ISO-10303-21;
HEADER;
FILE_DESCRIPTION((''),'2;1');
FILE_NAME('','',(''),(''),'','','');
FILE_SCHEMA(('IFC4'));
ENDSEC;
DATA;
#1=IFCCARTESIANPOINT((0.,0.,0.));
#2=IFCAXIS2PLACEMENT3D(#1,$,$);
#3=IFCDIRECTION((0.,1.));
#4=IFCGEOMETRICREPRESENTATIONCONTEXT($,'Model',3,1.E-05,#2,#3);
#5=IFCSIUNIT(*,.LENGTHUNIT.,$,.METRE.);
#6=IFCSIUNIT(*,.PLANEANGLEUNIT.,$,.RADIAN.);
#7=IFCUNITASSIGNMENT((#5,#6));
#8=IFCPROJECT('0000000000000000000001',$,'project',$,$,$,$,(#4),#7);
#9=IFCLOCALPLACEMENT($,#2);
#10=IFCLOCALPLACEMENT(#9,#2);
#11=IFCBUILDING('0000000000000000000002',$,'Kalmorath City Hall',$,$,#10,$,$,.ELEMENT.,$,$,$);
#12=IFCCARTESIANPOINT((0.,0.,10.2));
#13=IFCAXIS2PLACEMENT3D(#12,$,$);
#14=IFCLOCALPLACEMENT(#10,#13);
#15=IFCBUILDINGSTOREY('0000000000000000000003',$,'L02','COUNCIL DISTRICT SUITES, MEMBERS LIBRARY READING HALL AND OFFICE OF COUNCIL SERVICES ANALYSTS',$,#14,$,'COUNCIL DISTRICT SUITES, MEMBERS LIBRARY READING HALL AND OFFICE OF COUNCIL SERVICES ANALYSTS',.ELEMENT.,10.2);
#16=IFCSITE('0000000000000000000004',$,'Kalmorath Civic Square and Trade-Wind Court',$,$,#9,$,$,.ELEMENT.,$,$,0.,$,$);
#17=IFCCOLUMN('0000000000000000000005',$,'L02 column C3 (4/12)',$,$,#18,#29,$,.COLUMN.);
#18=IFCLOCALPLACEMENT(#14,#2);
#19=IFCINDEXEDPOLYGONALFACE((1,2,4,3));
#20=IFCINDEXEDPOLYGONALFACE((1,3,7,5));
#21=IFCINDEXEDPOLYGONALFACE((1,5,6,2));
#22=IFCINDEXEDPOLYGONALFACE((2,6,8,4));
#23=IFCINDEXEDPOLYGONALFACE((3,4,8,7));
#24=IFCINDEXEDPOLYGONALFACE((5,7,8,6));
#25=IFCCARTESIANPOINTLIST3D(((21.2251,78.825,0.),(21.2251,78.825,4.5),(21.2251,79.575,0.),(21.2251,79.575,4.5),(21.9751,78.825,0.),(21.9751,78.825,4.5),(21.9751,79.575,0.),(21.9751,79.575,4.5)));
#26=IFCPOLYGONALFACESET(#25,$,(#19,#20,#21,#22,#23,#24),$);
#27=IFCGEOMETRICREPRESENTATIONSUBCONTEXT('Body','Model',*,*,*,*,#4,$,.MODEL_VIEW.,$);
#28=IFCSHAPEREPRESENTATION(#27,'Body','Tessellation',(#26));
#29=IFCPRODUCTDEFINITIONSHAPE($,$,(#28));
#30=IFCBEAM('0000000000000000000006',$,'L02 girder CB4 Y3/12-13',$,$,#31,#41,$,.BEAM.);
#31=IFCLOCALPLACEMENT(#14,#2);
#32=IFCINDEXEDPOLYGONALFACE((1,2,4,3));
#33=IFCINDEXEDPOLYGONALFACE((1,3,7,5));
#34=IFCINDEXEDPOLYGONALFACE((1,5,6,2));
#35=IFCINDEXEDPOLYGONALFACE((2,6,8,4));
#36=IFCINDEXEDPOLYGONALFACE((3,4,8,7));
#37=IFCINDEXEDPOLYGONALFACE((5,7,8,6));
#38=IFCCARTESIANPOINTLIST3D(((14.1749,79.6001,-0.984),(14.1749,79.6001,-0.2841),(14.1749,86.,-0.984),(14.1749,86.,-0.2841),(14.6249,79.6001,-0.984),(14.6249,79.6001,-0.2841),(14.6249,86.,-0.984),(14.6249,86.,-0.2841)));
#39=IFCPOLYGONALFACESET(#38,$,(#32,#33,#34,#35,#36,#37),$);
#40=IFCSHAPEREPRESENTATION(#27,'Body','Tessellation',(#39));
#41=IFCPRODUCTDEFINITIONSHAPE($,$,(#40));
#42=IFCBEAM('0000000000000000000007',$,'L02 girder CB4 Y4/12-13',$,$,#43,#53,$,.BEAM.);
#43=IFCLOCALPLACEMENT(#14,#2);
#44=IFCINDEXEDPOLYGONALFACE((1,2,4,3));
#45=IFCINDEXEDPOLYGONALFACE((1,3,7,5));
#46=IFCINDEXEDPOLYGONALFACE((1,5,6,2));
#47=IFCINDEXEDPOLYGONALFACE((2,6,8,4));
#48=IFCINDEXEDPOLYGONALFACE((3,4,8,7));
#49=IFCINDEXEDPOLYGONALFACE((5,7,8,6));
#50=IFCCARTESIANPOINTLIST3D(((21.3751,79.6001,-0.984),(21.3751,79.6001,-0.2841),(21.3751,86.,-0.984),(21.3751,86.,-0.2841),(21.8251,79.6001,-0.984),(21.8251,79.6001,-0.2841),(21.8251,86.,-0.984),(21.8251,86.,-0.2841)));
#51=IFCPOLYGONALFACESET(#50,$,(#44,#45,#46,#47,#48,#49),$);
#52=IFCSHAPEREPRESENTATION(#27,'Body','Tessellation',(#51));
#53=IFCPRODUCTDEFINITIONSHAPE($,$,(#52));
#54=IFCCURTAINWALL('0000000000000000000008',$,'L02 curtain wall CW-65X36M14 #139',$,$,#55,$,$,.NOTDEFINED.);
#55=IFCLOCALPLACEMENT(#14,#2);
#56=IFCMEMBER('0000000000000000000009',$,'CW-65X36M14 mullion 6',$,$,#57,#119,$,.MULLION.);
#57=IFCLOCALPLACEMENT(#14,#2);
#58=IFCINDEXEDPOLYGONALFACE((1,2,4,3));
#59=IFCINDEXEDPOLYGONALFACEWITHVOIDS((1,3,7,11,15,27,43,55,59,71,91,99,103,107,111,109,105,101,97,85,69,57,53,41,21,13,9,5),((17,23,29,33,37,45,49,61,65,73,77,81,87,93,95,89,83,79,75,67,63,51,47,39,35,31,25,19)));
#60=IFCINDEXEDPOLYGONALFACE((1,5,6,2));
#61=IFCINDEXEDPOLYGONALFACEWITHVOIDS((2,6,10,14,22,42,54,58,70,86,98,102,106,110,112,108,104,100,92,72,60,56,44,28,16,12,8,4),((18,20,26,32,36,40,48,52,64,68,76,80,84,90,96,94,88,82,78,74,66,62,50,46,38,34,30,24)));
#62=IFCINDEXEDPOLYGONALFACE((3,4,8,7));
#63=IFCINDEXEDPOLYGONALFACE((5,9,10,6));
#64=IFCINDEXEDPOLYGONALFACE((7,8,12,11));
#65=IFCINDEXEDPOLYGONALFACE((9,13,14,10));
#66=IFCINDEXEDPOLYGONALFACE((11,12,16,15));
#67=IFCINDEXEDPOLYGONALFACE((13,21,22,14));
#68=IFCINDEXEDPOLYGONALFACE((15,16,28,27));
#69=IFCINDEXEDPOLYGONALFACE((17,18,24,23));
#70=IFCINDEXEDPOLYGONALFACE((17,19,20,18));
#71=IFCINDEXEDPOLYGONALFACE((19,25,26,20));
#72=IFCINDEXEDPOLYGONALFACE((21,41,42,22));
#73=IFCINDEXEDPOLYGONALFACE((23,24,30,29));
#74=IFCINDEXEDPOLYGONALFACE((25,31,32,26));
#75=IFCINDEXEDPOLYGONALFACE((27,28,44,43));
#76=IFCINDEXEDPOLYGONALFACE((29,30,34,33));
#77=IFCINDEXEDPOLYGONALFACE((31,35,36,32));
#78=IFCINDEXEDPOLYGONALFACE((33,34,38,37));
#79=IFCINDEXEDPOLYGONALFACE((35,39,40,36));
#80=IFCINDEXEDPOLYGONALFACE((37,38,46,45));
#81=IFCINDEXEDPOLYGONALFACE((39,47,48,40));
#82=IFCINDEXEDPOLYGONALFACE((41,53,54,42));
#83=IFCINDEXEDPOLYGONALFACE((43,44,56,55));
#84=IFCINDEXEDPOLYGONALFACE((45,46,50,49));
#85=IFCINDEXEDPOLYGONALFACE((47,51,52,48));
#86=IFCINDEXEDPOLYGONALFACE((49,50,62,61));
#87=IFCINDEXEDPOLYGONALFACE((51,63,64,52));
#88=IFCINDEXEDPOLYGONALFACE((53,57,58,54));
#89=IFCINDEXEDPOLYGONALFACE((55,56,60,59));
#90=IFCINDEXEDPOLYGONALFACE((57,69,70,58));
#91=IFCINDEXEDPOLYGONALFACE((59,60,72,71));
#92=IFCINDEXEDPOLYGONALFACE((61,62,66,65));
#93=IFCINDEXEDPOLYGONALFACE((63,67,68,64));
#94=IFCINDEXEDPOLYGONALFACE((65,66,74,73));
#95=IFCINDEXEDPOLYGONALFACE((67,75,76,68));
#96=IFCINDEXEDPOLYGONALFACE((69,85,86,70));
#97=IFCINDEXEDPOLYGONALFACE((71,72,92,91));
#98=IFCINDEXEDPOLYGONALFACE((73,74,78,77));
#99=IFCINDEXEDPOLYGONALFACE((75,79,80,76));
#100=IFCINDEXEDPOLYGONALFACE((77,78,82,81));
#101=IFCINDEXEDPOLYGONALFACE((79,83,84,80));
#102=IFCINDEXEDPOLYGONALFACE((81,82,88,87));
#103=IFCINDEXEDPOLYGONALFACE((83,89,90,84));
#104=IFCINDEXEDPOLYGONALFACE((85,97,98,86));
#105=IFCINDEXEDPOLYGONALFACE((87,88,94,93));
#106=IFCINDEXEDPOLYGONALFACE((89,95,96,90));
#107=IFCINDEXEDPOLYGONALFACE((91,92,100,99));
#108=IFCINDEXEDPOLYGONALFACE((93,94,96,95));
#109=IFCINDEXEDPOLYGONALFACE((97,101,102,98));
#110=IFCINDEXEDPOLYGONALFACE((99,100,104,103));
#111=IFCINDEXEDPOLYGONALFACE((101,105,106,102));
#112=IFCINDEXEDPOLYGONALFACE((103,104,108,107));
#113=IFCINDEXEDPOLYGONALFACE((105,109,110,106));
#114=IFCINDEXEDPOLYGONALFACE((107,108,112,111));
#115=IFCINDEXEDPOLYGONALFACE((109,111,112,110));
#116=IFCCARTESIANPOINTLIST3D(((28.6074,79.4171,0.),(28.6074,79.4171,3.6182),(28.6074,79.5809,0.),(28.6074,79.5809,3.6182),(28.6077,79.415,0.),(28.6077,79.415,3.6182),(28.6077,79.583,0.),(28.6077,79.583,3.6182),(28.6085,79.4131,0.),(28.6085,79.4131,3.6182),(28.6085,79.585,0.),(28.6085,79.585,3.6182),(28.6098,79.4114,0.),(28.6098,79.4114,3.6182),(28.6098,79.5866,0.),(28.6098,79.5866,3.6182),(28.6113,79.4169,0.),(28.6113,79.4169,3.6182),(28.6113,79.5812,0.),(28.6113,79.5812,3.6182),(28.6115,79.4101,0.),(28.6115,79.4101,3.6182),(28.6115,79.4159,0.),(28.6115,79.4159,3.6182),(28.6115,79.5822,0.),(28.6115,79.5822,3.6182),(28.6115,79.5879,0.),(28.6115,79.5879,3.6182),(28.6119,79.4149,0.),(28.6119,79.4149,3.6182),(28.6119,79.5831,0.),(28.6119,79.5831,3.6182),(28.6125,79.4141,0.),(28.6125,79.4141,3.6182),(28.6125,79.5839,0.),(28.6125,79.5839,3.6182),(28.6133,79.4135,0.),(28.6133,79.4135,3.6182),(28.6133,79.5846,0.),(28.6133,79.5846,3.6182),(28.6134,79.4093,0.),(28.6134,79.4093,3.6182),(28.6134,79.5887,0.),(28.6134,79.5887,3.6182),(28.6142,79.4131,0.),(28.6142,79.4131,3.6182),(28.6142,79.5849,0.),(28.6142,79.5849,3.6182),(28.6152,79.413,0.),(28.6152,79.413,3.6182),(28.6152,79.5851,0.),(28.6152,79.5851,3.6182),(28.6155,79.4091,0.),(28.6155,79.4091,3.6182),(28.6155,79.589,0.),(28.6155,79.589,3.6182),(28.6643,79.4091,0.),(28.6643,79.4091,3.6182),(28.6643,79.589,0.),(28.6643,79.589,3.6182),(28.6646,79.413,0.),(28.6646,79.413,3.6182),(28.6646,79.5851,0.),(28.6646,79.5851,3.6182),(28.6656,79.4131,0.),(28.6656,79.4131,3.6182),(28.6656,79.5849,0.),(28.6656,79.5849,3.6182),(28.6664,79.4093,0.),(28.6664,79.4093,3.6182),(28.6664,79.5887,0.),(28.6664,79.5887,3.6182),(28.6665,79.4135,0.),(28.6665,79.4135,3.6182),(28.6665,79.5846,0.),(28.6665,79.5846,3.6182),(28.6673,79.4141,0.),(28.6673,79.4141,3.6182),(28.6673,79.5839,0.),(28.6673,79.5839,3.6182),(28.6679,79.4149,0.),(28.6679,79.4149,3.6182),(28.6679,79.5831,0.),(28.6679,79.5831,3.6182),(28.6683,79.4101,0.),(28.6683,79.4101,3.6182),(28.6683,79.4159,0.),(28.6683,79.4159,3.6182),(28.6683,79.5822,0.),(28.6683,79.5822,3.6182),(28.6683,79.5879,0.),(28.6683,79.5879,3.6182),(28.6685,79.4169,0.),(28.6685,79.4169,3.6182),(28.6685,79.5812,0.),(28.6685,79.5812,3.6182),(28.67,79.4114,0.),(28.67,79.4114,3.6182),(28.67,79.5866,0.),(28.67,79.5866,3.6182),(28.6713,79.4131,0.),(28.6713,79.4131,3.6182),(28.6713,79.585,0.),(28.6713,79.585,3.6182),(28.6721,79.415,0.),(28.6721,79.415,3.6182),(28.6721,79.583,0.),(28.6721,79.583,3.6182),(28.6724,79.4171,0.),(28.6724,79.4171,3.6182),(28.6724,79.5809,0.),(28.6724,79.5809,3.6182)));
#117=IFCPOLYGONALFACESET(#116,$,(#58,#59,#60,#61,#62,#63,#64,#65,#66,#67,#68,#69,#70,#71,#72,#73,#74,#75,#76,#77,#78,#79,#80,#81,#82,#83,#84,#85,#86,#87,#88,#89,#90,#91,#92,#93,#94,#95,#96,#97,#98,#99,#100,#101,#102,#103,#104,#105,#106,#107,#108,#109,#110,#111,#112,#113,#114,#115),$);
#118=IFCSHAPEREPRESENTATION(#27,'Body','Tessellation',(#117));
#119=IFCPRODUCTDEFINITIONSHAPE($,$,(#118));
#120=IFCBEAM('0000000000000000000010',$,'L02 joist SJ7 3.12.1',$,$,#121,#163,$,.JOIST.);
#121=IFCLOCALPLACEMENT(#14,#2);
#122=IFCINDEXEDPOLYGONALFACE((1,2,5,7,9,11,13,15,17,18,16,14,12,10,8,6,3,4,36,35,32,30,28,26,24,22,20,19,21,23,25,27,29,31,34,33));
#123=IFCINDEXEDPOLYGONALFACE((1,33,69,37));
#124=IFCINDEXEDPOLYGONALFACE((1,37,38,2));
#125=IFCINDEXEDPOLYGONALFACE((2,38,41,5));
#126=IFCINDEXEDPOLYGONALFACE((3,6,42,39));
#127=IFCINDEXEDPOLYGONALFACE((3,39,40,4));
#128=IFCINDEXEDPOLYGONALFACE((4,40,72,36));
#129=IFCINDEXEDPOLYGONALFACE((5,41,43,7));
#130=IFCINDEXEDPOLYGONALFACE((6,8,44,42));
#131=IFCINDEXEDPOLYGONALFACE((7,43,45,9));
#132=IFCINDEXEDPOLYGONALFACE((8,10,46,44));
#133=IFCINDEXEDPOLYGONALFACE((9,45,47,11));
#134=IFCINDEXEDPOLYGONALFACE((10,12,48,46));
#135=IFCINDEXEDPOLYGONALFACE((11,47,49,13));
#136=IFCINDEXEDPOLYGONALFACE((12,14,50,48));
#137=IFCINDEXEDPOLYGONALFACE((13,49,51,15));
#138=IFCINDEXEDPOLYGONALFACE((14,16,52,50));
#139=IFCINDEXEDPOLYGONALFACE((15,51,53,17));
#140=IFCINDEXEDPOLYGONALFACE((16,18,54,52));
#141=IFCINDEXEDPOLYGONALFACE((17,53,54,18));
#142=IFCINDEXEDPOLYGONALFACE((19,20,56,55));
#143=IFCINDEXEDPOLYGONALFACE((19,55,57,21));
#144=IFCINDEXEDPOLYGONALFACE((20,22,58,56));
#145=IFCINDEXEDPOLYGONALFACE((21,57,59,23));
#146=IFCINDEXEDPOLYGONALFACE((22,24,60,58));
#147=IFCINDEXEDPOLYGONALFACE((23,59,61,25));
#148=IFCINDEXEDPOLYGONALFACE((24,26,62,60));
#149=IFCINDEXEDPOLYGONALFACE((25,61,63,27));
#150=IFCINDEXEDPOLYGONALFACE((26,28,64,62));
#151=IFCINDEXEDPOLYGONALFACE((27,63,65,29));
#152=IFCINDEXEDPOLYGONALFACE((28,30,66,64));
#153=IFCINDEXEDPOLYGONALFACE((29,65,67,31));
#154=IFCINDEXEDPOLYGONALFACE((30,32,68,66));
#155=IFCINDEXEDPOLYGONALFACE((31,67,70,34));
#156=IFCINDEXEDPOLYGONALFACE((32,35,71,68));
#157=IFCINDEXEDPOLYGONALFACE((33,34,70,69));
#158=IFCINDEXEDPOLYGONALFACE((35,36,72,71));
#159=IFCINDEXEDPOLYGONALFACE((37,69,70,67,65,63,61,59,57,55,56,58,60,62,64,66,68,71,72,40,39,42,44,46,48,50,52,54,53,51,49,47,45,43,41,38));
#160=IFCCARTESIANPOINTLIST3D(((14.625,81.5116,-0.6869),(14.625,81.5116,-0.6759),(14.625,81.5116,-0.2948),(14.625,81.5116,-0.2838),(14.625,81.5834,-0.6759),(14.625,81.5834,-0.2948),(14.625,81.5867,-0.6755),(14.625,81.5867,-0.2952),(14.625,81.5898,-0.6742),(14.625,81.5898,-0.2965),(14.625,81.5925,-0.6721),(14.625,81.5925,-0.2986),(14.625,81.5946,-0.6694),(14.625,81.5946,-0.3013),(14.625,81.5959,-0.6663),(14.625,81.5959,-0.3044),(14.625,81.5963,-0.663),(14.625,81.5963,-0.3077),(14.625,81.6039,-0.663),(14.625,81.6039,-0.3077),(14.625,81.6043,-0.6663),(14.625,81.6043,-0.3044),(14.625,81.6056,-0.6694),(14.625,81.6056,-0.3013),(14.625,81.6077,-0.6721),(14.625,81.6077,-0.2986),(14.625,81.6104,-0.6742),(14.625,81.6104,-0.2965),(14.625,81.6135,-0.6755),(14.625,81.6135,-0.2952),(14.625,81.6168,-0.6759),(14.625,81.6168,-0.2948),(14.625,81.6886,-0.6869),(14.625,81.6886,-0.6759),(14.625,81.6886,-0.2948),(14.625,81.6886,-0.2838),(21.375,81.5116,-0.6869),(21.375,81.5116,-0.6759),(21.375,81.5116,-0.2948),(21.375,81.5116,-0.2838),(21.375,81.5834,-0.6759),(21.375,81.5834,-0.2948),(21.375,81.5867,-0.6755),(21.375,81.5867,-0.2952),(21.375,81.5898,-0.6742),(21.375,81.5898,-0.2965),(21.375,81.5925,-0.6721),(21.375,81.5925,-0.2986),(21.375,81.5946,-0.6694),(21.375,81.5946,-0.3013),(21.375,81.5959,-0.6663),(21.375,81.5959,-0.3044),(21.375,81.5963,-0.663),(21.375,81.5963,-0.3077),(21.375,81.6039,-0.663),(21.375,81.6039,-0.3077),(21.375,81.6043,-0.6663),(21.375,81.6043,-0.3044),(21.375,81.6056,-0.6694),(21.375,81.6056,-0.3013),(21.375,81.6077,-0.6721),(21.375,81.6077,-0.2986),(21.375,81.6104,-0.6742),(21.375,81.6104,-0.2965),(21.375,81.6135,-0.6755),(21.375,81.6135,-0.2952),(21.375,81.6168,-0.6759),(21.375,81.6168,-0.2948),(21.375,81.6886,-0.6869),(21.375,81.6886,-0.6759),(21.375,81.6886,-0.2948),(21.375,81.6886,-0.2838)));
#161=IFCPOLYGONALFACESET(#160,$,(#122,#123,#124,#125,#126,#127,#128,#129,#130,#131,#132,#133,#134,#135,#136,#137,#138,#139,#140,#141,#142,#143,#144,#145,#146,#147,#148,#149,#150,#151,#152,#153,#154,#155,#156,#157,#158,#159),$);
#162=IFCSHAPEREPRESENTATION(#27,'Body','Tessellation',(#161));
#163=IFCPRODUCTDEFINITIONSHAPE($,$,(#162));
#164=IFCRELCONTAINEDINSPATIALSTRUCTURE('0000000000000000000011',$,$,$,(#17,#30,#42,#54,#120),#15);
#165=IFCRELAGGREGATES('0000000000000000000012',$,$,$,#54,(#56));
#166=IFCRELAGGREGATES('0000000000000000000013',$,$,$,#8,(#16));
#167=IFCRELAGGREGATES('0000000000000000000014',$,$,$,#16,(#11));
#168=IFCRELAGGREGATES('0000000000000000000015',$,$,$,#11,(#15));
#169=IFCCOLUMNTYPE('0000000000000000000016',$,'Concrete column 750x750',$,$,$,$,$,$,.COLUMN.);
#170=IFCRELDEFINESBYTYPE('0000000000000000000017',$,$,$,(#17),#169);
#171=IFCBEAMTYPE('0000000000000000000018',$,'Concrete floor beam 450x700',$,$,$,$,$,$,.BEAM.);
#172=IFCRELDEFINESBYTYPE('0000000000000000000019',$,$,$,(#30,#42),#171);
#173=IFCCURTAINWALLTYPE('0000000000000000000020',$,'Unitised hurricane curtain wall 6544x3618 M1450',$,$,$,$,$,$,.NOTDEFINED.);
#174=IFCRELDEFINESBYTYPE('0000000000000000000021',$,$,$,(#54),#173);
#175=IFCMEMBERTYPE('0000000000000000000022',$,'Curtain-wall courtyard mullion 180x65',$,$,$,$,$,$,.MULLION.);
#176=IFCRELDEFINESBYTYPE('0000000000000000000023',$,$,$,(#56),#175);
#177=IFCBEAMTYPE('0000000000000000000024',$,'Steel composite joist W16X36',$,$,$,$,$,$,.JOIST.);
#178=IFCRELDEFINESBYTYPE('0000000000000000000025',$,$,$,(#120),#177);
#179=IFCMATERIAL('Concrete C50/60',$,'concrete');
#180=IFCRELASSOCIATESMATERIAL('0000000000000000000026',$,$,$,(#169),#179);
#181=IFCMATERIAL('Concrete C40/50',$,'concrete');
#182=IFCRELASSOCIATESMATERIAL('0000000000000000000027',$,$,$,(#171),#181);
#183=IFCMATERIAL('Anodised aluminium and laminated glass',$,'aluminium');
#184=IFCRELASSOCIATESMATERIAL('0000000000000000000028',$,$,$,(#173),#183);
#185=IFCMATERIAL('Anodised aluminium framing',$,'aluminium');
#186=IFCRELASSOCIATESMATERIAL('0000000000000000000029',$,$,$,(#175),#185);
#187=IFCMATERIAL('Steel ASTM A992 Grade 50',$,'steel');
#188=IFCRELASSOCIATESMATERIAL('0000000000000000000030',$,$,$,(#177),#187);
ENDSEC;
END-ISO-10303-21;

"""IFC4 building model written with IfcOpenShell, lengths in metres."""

from ifc_helpers import new_model, si_unit, direction, frame, origin, origin_2d, place, context, subcontext, project, spatial, rectangle, hollow_rectangle, i_section, extrude, material, material_profile, profile_set, type_object, element, aggregate, save


model = new_model("IFC4")

# Units and contexts
model_context = context("Model", 3, precision=1e-05, world=origin(), true_north=direction((0.0, 1.0)))
body_context = subcontext(model_context, "Body", "Model", "MODEL_VIEW")
ifc_project = project(units=[si_unit("LENGTHUNIT", "METRE"), si_unit("PLANEANGLEUNIT", "RADIAN")], contexts=[model_context])

# Site, building, storey
site_placement = place(None, origin())
site = spatial("IfcSite", under=ifc_project, at=site_placement, Name="Kalmorath Civic Square and Trade-Wind Court", CompositionType="ELEMENT", RefElevation=0.0)
building_placement = place(site_placement, origin())
building = spatial("IfcBuilding", under=site, at=building_placement, Name="Kalmorath City Hall", CompositionType="ELEMENT")
storey_placement = place(building_placement, frame((0.0, 0.0, 10.2)))
storey = spatial("IfcBuildingStorey", under=building, at=storey_placement, Name="L02", Description="COUNCIL DISTRICT SUITES, MEMBERS LIBRARY READING HALL AND OFFICE OF COUNCIL SERVICES ANALYSTS", LongName="COUNCIL DISTRICT SUITES, MEMBERS LIBRARY READING HALL AND OFFICE OF COUNCIL SERVICES ANALYSTS", CompositionType="ELEMENT", Elevation=10.2)

# Column
ifc_material_1 = material(Name="Concrete C50/60", Category="concrete")
ifc_material_profile_1 = material_profile(ifc_material_1, rectangle(XDim=0.75, YDim=0.75, at=origin_2d()), Name="RC-COL-750X750")
ifc_profile_set_1 = profile_set([ifc_material_profile_1], Name="Concrete C50/60")
column_type = type_object("IfcColumnType", Name="Concrete column 750x750", PredefinedType="COLUMN", material=ifc_profile_set_1)
column_placement = place(storey_placement, frame((21.6001, 79.2, 0.0), z_axis=(0.0, 0.0, 1.0), x_axis=(1.0, 0.0, 0.0)))
element("IfcColumn", 1, at=column_placement, inside=storey, type_object=column_type, Name="L02 column C3 (4/12)", PredefinedType="COLUMN", context=body_context, shape_type="SweptSolid", body=[
    extrude(rectangle(XDim=0.75, YDim=0.75, at=origin_2d()), origin(), (0.0, 0.0, 1.0), 4.5),
])

# Beams
ifc_material_2 = material(Name="Concrete C40/50", Category="concrete")
ifc_material_profile_2 = material_profile(ifc_material_2, rectangle(XDim=0.45, YDim=0.7, at=origin_2d()), Name="RC-BM-450X700")
ifc_profile_set_2 = profile_set([ifc_material_profile_2], Name="Concrete C40/50")
beam_type_1 = type_object("IfcBeamType", Name="Concrete floor beam 450x700", PredefinedType="BEAM", material=ifc_profile_set_2)
for number, where, z_axis, x_axis, name in (
    (2, (14.3999, 79.6001, -0.634), (0.0, 1.0, 0.0), (-1.0, 0.0, 0.0), "L02 girder CB4 Y3/12-13"),
    (3, (21.6001, 79.6001, -0.634), (0.0, 1.0, 0.0), (-1.0, 0.0, 0.0), "L02 girder CB4 Y4/12-13"),
):
    element("IfcBeam", number, at=place(storey_placement, frame(where, z_axis=z_axis, x_axis=x_axis)), inside=storey, type_object=beam_type_1, Name=name, PredefinedType="BEAM", context=body_context, shape_type="SweptSolid", body=[
        extrude(rectangle(XDim=0.45, YDim=0.7, at=origin_2d()), origin(), (0.0, 0.0, 1.0), 6.3999),
    ])

# Curtain wall, member
ifc_material_3 = material(Name="Anodised aluminium and laminated glass", Category="aluminium")
curtain_wall_type = type_object("IfcCurtainWallType", Name="Unitised hurricane curtain wall 6544x3618 M1450", PredefinedType="NOTDEFINED", material=ifc_material_3)
curtain_wall_placement = place(storey_placement, origin())
curtain_wall = element("IfcCurtainWall", 4, at=curtain_wall_placement, inside=storey, type_object=curtain_wall_type, Name="L02 curtain wall CW-65X36M14 #139", PredefinedType="NOTDEFINED")
ifc_material_4 = material(Name="Anodised aluminium framing", Category="aluminium")
ifc_material_profile_3 = material_profile(ifc_material_4, hollow_rectangle(XDim=0.0649, YDim=0.1799, WallThickness=0.0039, InnerFilletRadius=0.0039, OuterFilletRadius=0.0081, at=origin_2d()), Name="ALU-MUL-180X65X4")
ifc_profile_set_3 = profile_set([ifc_material_profile_3], Name="Anodised aluminium framing")
member_type = type_object("IfcMemberType", Name="Curtain-wall courtyard mullion 180x65", PredefinedType="MULLION", material=ifc_profile_set_3)
member_placement = place(storey_placement, frame((28.6399, 79.499, 0.0), z_axis=(0.0, 0.0, 1.0), x_axis=(1.0, 0.0, 0.0)))
member = element("IfcMember", 5, at=member_placement, type_object=member_type, Name="CW-65X36M14 mullion 6", PredefinedType="MULLION", context=body_context, shape_type="SweptSolid", body=[
    extrude(hollow_rectangle(XDim=0.0649, YDim=0.1799, WallThickness=0.0039, InnerFilletRadius=0.0039, OuterFilletRadius=0.0081, at=origin_2d()), origin(), (0.0, 0.0, 1.0), 3.6182),
])
aggregate(curtain_wall, [member])

# Beam
ifc_material_5 = material(Name="Steel ASTM A992 Grade 50", Category="steel")
ifc_material_profile_4 = material_profile(ifc_material_5, i_section(OverallWidth=0.177, OverallDepth=0.4031, WebThickness=0.0076, FlangeThickness=0.011, FilletRadius=0.0129, at=origin_2d()), Name="W16X36")
ifc_profile_set_4 = profile_set([ifc_material_profile_4], Name="Steel ASTM A992 Grade 50")
beam_type_2 = type_object("IfcBeamType", Name="Steel composite joist W16X36", PredefinedType="JOIST", material=ifc_profile_set_4)
for number, where, z_axis, x_axis, name in (
    (6, (14.625, 81.6001, -0.4854), (1.0, 0.0, 0.0), (0.0, 1.0, 0.0), "L02 joist SJ7 3.12.1"),
):
    element("IfcBeam", number, at=place(storey_placement, frame(where, z_axis=z_axis, x_axis=x_axis)), inside=storey, type_object=beam_type_2, Name=name, PredefinedType="JOIST", context=body_context, shape_type="SweptSolid", body=[
        extrude(i_section(OverallWidth=0.177, OverallDepth=0.4031, WebThickness=0.0076, FlangeThickness=0.011, FilletRadius=0.0129, at=origin_2d()), origin(), (0.0, 0.0, 1.0), 6.75),
    ])

save(model, "model.ifc")
